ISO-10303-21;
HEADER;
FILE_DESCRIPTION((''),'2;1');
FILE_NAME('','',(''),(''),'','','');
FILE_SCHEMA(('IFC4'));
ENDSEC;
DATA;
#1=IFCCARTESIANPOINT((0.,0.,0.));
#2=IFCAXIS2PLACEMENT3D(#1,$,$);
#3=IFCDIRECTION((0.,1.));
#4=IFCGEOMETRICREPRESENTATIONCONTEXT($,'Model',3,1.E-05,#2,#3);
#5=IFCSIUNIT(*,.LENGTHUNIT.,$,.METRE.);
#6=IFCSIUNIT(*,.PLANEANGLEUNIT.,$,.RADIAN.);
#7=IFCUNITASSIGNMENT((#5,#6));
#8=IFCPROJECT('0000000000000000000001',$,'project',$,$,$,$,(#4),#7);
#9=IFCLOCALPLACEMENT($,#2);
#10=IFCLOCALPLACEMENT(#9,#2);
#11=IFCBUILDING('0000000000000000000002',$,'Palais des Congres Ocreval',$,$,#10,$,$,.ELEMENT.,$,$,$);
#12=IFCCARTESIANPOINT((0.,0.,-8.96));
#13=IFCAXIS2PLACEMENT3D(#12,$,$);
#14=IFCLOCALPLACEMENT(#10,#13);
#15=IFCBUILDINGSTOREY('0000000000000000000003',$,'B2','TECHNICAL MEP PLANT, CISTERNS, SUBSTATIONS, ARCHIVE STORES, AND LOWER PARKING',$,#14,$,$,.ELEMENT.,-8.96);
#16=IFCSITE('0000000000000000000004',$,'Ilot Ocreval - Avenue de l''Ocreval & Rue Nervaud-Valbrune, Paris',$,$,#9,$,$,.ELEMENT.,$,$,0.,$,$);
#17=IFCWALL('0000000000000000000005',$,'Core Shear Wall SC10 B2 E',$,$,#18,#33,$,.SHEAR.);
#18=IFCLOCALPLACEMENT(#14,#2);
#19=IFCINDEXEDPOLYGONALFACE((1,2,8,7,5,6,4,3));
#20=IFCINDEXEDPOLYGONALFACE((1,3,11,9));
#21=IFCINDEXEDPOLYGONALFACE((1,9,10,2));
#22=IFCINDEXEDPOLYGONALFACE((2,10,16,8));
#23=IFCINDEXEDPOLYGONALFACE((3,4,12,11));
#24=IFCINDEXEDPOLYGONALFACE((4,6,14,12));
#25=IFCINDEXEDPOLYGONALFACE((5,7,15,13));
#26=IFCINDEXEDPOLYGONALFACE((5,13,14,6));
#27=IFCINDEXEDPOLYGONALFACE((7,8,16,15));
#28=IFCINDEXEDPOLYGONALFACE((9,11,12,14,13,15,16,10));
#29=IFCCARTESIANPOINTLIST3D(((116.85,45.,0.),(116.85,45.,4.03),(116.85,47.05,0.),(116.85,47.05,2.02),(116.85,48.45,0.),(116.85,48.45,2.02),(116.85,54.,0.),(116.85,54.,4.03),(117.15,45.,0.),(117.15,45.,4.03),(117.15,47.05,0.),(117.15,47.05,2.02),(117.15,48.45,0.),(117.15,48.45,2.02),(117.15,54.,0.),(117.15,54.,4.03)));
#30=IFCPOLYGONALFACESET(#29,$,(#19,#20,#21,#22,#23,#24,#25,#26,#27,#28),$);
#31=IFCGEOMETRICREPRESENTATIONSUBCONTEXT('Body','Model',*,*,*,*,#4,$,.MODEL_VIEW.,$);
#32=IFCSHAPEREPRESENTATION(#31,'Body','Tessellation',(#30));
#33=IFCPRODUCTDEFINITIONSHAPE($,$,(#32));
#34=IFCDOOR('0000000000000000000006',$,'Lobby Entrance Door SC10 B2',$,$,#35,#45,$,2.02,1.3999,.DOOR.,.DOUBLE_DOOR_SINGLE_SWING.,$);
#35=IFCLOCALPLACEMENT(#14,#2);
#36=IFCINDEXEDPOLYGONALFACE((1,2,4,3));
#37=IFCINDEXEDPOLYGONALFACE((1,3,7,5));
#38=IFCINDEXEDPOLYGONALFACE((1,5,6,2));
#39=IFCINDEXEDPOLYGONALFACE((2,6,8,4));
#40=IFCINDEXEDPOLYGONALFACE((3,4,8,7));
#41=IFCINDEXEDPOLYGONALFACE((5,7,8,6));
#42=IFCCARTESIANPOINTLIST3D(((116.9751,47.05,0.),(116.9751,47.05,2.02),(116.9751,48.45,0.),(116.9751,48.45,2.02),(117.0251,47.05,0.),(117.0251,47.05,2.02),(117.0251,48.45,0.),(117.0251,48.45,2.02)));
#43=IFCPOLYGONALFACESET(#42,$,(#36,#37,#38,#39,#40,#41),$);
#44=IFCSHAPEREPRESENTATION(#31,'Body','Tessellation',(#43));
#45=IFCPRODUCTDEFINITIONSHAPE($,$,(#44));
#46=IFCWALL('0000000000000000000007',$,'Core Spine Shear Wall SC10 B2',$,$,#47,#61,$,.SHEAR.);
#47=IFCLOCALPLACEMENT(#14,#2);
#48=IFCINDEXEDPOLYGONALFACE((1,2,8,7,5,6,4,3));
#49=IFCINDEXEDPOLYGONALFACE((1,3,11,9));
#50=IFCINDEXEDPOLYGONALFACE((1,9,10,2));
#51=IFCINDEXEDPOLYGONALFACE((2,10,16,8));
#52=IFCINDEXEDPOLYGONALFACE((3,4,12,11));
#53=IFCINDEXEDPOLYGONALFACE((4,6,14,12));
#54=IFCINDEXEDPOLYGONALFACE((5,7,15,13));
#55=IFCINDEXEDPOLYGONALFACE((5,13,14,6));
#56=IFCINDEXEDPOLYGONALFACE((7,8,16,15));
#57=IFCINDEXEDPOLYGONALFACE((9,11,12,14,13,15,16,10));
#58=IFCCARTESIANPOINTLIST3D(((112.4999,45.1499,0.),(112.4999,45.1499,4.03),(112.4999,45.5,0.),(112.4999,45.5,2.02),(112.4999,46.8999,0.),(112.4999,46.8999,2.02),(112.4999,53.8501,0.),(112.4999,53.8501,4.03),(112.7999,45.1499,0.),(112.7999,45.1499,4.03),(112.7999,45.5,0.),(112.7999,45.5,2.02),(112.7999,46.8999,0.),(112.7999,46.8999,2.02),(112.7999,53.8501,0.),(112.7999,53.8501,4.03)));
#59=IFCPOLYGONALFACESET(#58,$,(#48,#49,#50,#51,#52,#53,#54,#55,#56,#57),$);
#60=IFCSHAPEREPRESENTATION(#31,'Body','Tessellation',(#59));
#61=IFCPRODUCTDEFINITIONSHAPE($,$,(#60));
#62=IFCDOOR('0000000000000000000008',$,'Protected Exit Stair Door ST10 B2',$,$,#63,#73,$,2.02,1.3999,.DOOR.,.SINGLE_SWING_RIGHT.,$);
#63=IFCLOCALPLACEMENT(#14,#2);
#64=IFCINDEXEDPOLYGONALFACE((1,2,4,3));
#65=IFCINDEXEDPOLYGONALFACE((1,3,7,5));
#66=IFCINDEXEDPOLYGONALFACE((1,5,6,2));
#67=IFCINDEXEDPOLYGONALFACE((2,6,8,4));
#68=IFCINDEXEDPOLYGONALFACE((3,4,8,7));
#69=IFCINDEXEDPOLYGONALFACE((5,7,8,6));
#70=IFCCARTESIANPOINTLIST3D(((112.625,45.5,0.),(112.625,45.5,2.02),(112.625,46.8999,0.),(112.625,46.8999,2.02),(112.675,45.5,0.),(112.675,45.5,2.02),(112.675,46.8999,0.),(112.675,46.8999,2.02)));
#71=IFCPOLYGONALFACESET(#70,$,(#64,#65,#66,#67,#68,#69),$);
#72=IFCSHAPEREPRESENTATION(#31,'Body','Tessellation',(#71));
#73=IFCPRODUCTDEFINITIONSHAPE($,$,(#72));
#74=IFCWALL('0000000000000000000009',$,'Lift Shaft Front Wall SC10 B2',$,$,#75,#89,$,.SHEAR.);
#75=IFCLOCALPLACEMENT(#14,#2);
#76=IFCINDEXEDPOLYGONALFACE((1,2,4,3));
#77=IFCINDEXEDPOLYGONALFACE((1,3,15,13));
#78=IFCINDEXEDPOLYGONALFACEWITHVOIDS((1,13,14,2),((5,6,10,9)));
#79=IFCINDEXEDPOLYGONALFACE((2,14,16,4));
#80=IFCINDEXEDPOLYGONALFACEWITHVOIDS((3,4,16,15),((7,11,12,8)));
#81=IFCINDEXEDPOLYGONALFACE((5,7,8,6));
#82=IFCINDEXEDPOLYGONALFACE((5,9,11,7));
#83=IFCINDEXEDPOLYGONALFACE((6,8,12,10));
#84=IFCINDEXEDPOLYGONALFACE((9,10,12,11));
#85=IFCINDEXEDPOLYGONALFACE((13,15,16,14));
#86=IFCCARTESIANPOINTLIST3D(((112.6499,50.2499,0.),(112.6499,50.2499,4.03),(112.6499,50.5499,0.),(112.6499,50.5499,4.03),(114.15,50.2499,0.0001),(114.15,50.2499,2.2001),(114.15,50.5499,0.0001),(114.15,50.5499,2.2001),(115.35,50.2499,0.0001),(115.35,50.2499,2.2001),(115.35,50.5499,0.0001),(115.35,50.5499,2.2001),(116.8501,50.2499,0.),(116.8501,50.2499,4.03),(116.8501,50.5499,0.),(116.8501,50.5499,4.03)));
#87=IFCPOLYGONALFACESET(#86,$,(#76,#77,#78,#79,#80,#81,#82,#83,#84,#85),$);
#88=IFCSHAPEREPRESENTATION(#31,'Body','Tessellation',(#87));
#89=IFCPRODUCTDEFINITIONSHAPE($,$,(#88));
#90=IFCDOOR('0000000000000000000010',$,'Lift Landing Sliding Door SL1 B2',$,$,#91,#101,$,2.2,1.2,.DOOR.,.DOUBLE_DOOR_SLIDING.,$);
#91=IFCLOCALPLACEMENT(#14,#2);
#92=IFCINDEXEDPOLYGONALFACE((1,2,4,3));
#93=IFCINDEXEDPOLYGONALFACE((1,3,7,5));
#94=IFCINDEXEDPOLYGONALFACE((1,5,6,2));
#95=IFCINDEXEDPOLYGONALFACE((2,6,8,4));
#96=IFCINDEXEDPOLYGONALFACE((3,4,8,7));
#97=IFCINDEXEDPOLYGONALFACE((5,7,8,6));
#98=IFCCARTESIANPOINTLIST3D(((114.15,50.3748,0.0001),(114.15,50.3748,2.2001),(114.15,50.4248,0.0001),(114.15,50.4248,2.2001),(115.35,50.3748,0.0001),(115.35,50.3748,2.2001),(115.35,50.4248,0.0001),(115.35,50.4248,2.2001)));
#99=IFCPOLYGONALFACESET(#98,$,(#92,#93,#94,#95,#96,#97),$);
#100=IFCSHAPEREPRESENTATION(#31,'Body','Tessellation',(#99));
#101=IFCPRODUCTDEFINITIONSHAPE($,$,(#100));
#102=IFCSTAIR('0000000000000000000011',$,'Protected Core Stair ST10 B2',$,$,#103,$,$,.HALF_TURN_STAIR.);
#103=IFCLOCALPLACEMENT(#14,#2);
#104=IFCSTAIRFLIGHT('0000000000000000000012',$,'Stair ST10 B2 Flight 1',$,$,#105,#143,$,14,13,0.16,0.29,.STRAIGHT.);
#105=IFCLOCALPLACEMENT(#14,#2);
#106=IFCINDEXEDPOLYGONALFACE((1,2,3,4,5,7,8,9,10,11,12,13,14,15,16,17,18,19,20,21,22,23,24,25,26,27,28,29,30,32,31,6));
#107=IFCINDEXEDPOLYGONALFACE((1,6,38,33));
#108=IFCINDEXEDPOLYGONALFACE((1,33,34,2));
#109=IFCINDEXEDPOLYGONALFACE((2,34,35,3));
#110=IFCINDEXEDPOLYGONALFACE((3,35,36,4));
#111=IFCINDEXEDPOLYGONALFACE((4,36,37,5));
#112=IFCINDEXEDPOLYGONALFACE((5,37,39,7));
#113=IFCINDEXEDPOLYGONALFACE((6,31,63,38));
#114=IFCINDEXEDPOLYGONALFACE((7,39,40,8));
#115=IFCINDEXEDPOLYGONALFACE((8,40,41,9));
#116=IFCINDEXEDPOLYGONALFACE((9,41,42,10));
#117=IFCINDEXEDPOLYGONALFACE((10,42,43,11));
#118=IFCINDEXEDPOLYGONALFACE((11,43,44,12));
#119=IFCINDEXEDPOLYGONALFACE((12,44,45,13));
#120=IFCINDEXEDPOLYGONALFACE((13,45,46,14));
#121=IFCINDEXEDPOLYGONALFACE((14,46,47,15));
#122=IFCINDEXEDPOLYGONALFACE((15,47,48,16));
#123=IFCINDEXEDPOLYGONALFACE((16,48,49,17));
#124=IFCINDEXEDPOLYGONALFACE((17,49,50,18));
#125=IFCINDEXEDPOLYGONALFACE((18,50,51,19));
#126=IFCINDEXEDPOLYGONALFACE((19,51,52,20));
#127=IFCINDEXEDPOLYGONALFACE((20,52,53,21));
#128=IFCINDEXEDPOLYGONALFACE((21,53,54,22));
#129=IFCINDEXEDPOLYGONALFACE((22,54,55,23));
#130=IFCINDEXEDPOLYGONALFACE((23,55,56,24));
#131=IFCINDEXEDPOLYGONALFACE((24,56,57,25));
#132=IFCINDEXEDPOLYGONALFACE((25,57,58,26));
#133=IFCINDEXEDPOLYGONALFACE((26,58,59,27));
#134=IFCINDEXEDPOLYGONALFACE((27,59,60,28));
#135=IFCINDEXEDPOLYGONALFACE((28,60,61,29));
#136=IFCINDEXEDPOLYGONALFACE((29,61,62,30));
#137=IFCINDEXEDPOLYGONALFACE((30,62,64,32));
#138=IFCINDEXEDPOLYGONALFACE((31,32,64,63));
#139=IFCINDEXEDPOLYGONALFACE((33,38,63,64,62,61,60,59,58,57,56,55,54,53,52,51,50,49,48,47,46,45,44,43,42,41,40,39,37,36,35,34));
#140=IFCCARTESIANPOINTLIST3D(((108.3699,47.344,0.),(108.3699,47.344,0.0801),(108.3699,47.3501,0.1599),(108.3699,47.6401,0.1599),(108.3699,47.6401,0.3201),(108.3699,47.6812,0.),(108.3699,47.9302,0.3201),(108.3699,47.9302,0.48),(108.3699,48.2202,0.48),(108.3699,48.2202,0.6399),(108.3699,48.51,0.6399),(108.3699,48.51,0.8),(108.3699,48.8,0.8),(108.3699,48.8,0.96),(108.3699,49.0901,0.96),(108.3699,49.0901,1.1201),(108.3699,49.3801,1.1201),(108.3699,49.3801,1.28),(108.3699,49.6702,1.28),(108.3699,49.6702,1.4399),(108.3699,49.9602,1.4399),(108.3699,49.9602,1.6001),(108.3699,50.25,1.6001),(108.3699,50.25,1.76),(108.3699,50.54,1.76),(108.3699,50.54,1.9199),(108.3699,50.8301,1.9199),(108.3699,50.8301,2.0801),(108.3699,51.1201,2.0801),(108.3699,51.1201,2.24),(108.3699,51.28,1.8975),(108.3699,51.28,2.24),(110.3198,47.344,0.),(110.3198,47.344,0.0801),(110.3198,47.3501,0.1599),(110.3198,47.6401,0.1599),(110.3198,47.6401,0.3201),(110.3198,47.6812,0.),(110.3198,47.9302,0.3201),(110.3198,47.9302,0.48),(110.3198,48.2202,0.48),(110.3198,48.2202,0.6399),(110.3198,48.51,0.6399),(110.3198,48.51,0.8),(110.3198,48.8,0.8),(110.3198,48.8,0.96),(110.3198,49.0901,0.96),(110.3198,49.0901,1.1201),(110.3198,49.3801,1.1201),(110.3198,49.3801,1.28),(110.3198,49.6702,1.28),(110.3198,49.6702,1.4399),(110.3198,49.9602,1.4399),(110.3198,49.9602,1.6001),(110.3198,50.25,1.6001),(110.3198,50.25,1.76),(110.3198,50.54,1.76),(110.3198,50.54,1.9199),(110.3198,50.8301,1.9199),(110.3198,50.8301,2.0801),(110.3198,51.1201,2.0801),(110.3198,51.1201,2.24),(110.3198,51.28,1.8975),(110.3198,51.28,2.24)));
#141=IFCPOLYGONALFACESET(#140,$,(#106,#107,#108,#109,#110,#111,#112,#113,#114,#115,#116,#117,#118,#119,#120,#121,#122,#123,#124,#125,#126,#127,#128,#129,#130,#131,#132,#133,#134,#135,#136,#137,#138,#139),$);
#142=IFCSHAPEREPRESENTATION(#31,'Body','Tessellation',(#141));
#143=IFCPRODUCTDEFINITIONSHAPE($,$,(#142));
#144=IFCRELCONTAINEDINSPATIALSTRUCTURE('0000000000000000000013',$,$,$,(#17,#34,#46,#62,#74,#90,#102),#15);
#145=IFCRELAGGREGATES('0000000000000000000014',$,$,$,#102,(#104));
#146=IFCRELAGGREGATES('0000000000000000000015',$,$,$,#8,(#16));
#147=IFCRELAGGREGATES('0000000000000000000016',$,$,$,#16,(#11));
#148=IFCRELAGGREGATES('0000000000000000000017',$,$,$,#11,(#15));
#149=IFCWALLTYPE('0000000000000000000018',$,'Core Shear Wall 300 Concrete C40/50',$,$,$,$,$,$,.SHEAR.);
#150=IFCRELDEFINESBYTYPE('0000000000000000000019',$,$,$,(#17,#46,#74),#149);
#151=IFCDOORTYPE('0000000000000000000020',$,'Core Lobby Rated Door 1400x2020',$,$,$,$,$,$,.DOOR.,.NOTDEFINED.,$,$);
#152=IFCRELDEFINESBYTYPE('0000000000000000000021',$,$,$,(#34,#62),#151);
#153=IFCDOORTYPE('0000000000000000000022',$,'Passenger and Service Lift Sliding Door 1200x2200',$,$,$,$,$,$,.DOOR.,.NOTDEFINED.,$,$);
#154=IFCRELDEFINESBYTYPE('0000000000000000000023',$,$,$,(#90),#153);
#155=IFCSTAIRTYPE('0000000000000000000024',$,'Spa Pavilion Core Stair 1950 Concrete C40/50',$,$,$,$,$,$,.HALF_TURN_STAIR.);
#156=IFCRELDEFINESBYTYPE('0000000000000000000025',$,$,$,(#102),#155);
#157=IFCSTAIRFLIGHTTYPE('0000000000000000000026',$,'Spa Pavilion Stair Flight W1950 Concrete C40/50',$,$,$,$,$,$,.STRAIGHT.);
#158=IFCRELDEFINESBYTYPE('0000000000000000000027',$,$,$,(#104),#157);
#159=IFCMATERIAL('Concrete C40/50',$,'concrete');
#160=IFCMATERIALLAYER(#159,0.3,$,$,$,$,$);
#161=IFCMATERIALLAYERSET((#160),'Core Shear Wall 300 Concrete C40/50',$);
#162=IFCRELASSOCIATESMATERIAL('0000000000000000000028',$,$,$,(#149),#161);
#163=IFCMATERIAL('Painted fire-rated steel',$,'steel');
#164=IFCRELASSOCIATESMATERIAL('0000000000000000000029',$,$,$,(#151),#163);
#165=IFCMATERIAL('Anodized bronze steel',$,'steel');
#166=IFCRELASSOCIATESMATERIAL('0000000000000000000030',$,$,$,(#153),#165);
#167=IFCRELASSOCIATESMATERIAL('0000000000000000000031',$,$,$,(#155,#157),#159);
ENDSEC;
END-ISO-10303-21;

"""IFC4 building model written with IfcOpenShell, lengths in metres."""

from ifc_helpers import new_model, si_unit, direction, frame, frame_2d, origin, place, context, subcontext, project, spatial, polyline, rectangle, outline, extrude, material, layer, layer_set, type_object, element, fill, aggregate, save


model = new_model("IFC4")

# Units and contexts
model_context = context("Model", 3, precision=1e-05, world=origin(), true_north=direction((0.0, 1.0)))
body_context = subcontext(model_context, "Body", "Model", "MODEL_VIEW")
ifc_project = project(units=[si_unit("LENGTHUNIT", "METRE"), si_unit("PLANEANGLEUNIT", "RADIAN")], contexts=[model_context])

# Site, building, storey
site_placement = place(None, origin())
site = spatial("IfcSite", under=ifc_project, at=site_placement, Name="Ilot Ocreval - Avenue de l'Ocreval & Rue Nervaud-Valbrune, Paris", CompositionType="ELEMENT", RefElevation=0.0)
building_placement = place(site_placement, origin())
building = spatial("IfcBuilding", under=site, at=building_placement, Name="Palais des Congres Ocreval", CompositionType="ELEMENT")
storey_placement = place(building_placement, frame((0.0, 0.0, -8.96)))
storey = spatial("IfcBuildingStorey", under=building, at=storey_placement, Name="B2", Description="TECHNICAL MEP PLANT, CISTERNS, SUBSTATIONS, ARCHIVE STORES, AND LOWER PARKING", CompositionType="ELEMENT", Elevation=-8.96)

# Walls, openings, doors
ifc_material_1 = material(Name="Concrete C40/50", Category="concrete")
ifc_layer_1 = layer(ifc_material_1, 0.3)
ifc_layer_set_1 = layer_set([ifc_layer_1], Name="Core Shear Wall 300 Concrete C40/50")
wall_type_1 = type_object("IfcWallType", Name="Core Shear Wall 300 Concrete C40/50", PredefinedType="SHEAR", material=ifc_layer_set_1)
wall_1_placement = place(storey_placement, frame((117.0, 45.0, 0.0), z_axis=(0.0, 0.0, 1.0), x_axis=(0.0, 1.0, 0.0)))
wall_1 = element("IfcWall", 1, at=wall_1_placement, inside=storey, type_object=wall_type_1, Name="Core Shear Wall SC10 B2 E", PredefinedType="SHEAR", context=body_context, shape_type="SweptSolid", body=[
    extrude(rectangle(XDim=9.0, YDim=0.3, at=frame_2d((4.5, 0.0))), origin(), (0.0, 0.0, 1.0), 4.03),
])
opening_1_placement = place(wall_1_placement, frame((2.05, 0.0, 0.0)))
opening_1 = element("IfcOpeningElement", 2, at=opening_1_placement, cuts=wall_1, PredefinedType="OPENING", context=body_context, shape_type="SweptSolid", body=[
    extrude(rectangle(XDim=1.3999, YDim=2.02, at=frame_2d((0.7, 1.01))), frame((0.0, 0.1599, 0.0), z_axis=(0.0, -1.0, 0.0), x_axis=(1.0, 0.0, 0.0)), (0.0, 0.0, 1.0), 0.3201),
])
ifc_material_2 = material(Name="Painted fire-rated steel", Category="steel")
door_type_1 = type_object("IfcDoorType", Name="Core Lobby Rated Door 1400x2020", OperationType="NOTDEFINED", PredefinedType="DOOR", material=ifc_material_2)
door_1_placement = place(opening_1_placement, origin())
door_1 = element("IfcDoor", 3, at=door_1_placement, inside=storey, type_object=door_type_1, Name="Lobby Entrance Door SC10 B2", OperationType="DOUBLE_DOOR_SINGLE_SWING", OverallHeight=2.02, OverallWidth=1.3999, PredefinedType="DOOR", context=body_context, shape_type="SweptSolid", body=[
    extrude(rectangle(XDim=1.3999, YDim=2.02, at=frame_2d((0.7, 1.01))), frame((0.0, 0.0249, 0.0), z_axis=(0.0, -1.0, 0.0), x_axis=(1.0, 0.0, 0.0)), (0.0, 0.0, 1.0), 0.05),
])
fill(opening_1, door_1)
wall_2_placement = place(storey_placement, frame((112.6499, 45.1499, 0.0), z_axis=(0.0, 0.0, 1.0), x_axis=(0.0, 1.0, 0.0)))
wall_2 = element("IfcWall", 4, at=wall_2_placement, inside=storey, type_object=wall_type_1, Name="Core Spine Shear Wall SC10 B2", PredefinedType="SHEAR", context=body_context, shape_type="SweptSolid", body=[
    extrude(rectangle(XDim=8.7002, YDim=0.3, at=frame_2d((4.3501, 0.0))), origin(), (0.0, 0.0, 1.0), 4.03),
])
opening_2_placement = place(wall_2_placement, frame((0.3501, 0.0, 0.0)))
opening_2 = element("IfcOpeningElement", 5, at=opening_2_placement, cuts=wall_2, PredefinedType="OPENING", context=body_context, shape_type="SweptSolid", body=[
    extrude(rectangle(XDim=1.3999, YDim=2.02, at=frame_2d((0.7, 1.01))), frame((0.0, 0.1599, 0.0), z_axis=(0.0, -1.0, 0.0), x_axis=(1.0, 0.0, 0.0)), (0.0, 0.0, 1.0), 0.3201),
])
door_2_placement = place(opening_2_placement, origin())
door_2 = element("IfcDoor", 6, at=door_2_placement, inside=storey, type_object=door_type_1, Name="Protected Exit Stair Door ST10 B2", OperationType="SINGLE_SWING_RIGHT", OverallHeight=2.02, OverallWidth=1.3999, PredefinedType="DOOR", context=body_context, shape_type="SweptSolid", body=[
    extrude(rectangle(XDim=1.3999, YDim=2.02, at=frame_2d((0.7, 1.01))), frame((0.0, 0.0249, 0.0), z_axis=(0.0, -1.0, 0.0), x_axis=(1.0, 0.0, 0.0)), (0.0, 0.0, 1.0), 0.05),
])
fill(opening_2, door_2)
wall_3_placement = place(storey_placement, frame((112.6499, 50.3999, 0.0), z_axis=(0.0, 0.0, 1.0), x_axis=(1.0, 0.0, 0.0)))
wall_3 = element("IfcWall", 7, at=wall_3_placement, inside=storey, type_object=wall_type_1, Name="Lift Shaft Front Wall SC10 B2", PredefinedType="SHEAR", context=body_context, shape_type="SweptSolid", body=[
    extrude(rectangle(XDim=4.2002, YDim=0.3, at=frame_2d((2.1001, 0.0))), origin(), (0.0, 0.0, 1.0), 4.03),
])
opening_3_placement = place(wall_3_placement, frame((1.5, 0.0, 0.0)))
opening_3 = element("IfcOpeningElement", 8, at=opening_3_placement, cuts=wall_3, PredefinedType="OPENING", context=body_context, shape_type="SweptSolid", body=[
    extrude(rectangle(XDim=1.2, YDim=2.2, at=frame_2d((0.6001, 1.1001))), frame((0.0, 0.1599, 0.0), z_axis=(0.0, -1.0, 0.0), x_axis=(1.0, 0.0, 0.0)), (0.0, 0.0, 1.0), 0.3201),
])
ifc_material_3 = material(Name="Anodized bronze steel", Category="steel")
door_type_2 = type_object("IfcDoorType", Name="Passenger and Service Lift Sliding Door 1200x2200", OperationType="NOTDEFINED", PredefinedType="DOOR", material=ifc_material_3)
door_3_placement = place(opening_3_placement, origin())
door_3 = element("IfcDoor", 9, at=door_3_placement, inside=storey, type_object=door_type_2, Name="Lift Landing Sliding Door SL1 B2", OperationType="DOUBLE_DOOR_SLIDING", OverallHeight=2.2, OverallWidth=1.2, PredefinedType="DOOR", context=body_context, shape_type="SweptSolid", body=[
    extrude(rectangle(XDim=1.2, YDim=2.2, at=frame_2d((0.6001, 1.1001))), frame((0.0, 0.0249, 0.0), z_axis=(0.0, -1.0, 0.0), x_axis=(1.0, 0.0, 0.0)), (0.0, 0.0, 1.0), 0.05),
])
fill(opening_3, door_3)

# Stair, stair flight
stair_type = type_object("IfcStairType", Name="Spa Pavilion Core Stair 1950 Concrete C40/50", PredefinedType="HALF_TURN_STAIR", material=ifc_material_1)
stair_placement = place(storey_placement, origin())
stair = element("IfcStair", 10, at=stair_placement, inside=storey, type_object=stair_type, Name="Protected Core Stair ST10 B2", PredefinedType="HALF_TURN_STAIR")
stair_flight_type = type_object("IfcStairFlightType", Name="Spa Pavilion Stair Flight W1950 Concrete C40/50", PredefinedType="STRAIGHT", material=ifc_material_1)
stair_flight_1_placement = place(storey_placement, frame((109.345, 47.3501, 0.0), z_axis=(0.0, 0.0, 1.0), x_axis=(0.0, 1.0, 0.0)))
stair_flight_1 = element("IfcStairFlight", 11, at=stair_flight_1_placement, type_object=stair_flight_type, Name="Stair ST10 B2 Flight 1", NumberOfRisers=14, NumberOfTreads=13, PredefinedType="STRAIGHT", RiserHeight=0.16, TreadLength=0.29, context=body_context, shape_type="SweptSolid", body=[
    extrude(outline(polyline([(-0.0061, 0.0), (-0.0061, 0.0801), (0.0, 0.1599), (0.29, 0.1599), (0.29, 0.3201), (0.5801, 0.3201), (0.5801, 0.48), (0.8701, 0.48), (0.8701, 0.6399), (1.1599, 0.6399), (1.1599, 0.8), (1.45, 0.8), (1.45, 0.96), (1.74, 0.96), (1.74, 1.1201), (2.03, 1.1201), (2.03, 1.28), (2.3201, 1.28), (2.3201, 1.4399), (2.6101, 1.4399), (2.6101, 1.6001), (2.8999, 1.6001), (2.8999, 1.76), (3.1899, 1.76), (3.1899, 1.9199), (3.48, 1.9199), (3.48, 2.0801), (3.77, 2.0801), (3.77, 2.24), (3.9299, 2.24), (3.9299, 1.8975), (0.3311, 0.0), (-0.0061, 0.0)])), frame((0.0, 0.9751, 0.0), z_axis=(0.0, -1.0, 0.0), x_axis=(1.0, 0.0, 0.0)), (0.0, 0.0, 1.0), 1.95),
])
aggregate(stair, [stair_flight_1])

save(model, "model.ifc")
